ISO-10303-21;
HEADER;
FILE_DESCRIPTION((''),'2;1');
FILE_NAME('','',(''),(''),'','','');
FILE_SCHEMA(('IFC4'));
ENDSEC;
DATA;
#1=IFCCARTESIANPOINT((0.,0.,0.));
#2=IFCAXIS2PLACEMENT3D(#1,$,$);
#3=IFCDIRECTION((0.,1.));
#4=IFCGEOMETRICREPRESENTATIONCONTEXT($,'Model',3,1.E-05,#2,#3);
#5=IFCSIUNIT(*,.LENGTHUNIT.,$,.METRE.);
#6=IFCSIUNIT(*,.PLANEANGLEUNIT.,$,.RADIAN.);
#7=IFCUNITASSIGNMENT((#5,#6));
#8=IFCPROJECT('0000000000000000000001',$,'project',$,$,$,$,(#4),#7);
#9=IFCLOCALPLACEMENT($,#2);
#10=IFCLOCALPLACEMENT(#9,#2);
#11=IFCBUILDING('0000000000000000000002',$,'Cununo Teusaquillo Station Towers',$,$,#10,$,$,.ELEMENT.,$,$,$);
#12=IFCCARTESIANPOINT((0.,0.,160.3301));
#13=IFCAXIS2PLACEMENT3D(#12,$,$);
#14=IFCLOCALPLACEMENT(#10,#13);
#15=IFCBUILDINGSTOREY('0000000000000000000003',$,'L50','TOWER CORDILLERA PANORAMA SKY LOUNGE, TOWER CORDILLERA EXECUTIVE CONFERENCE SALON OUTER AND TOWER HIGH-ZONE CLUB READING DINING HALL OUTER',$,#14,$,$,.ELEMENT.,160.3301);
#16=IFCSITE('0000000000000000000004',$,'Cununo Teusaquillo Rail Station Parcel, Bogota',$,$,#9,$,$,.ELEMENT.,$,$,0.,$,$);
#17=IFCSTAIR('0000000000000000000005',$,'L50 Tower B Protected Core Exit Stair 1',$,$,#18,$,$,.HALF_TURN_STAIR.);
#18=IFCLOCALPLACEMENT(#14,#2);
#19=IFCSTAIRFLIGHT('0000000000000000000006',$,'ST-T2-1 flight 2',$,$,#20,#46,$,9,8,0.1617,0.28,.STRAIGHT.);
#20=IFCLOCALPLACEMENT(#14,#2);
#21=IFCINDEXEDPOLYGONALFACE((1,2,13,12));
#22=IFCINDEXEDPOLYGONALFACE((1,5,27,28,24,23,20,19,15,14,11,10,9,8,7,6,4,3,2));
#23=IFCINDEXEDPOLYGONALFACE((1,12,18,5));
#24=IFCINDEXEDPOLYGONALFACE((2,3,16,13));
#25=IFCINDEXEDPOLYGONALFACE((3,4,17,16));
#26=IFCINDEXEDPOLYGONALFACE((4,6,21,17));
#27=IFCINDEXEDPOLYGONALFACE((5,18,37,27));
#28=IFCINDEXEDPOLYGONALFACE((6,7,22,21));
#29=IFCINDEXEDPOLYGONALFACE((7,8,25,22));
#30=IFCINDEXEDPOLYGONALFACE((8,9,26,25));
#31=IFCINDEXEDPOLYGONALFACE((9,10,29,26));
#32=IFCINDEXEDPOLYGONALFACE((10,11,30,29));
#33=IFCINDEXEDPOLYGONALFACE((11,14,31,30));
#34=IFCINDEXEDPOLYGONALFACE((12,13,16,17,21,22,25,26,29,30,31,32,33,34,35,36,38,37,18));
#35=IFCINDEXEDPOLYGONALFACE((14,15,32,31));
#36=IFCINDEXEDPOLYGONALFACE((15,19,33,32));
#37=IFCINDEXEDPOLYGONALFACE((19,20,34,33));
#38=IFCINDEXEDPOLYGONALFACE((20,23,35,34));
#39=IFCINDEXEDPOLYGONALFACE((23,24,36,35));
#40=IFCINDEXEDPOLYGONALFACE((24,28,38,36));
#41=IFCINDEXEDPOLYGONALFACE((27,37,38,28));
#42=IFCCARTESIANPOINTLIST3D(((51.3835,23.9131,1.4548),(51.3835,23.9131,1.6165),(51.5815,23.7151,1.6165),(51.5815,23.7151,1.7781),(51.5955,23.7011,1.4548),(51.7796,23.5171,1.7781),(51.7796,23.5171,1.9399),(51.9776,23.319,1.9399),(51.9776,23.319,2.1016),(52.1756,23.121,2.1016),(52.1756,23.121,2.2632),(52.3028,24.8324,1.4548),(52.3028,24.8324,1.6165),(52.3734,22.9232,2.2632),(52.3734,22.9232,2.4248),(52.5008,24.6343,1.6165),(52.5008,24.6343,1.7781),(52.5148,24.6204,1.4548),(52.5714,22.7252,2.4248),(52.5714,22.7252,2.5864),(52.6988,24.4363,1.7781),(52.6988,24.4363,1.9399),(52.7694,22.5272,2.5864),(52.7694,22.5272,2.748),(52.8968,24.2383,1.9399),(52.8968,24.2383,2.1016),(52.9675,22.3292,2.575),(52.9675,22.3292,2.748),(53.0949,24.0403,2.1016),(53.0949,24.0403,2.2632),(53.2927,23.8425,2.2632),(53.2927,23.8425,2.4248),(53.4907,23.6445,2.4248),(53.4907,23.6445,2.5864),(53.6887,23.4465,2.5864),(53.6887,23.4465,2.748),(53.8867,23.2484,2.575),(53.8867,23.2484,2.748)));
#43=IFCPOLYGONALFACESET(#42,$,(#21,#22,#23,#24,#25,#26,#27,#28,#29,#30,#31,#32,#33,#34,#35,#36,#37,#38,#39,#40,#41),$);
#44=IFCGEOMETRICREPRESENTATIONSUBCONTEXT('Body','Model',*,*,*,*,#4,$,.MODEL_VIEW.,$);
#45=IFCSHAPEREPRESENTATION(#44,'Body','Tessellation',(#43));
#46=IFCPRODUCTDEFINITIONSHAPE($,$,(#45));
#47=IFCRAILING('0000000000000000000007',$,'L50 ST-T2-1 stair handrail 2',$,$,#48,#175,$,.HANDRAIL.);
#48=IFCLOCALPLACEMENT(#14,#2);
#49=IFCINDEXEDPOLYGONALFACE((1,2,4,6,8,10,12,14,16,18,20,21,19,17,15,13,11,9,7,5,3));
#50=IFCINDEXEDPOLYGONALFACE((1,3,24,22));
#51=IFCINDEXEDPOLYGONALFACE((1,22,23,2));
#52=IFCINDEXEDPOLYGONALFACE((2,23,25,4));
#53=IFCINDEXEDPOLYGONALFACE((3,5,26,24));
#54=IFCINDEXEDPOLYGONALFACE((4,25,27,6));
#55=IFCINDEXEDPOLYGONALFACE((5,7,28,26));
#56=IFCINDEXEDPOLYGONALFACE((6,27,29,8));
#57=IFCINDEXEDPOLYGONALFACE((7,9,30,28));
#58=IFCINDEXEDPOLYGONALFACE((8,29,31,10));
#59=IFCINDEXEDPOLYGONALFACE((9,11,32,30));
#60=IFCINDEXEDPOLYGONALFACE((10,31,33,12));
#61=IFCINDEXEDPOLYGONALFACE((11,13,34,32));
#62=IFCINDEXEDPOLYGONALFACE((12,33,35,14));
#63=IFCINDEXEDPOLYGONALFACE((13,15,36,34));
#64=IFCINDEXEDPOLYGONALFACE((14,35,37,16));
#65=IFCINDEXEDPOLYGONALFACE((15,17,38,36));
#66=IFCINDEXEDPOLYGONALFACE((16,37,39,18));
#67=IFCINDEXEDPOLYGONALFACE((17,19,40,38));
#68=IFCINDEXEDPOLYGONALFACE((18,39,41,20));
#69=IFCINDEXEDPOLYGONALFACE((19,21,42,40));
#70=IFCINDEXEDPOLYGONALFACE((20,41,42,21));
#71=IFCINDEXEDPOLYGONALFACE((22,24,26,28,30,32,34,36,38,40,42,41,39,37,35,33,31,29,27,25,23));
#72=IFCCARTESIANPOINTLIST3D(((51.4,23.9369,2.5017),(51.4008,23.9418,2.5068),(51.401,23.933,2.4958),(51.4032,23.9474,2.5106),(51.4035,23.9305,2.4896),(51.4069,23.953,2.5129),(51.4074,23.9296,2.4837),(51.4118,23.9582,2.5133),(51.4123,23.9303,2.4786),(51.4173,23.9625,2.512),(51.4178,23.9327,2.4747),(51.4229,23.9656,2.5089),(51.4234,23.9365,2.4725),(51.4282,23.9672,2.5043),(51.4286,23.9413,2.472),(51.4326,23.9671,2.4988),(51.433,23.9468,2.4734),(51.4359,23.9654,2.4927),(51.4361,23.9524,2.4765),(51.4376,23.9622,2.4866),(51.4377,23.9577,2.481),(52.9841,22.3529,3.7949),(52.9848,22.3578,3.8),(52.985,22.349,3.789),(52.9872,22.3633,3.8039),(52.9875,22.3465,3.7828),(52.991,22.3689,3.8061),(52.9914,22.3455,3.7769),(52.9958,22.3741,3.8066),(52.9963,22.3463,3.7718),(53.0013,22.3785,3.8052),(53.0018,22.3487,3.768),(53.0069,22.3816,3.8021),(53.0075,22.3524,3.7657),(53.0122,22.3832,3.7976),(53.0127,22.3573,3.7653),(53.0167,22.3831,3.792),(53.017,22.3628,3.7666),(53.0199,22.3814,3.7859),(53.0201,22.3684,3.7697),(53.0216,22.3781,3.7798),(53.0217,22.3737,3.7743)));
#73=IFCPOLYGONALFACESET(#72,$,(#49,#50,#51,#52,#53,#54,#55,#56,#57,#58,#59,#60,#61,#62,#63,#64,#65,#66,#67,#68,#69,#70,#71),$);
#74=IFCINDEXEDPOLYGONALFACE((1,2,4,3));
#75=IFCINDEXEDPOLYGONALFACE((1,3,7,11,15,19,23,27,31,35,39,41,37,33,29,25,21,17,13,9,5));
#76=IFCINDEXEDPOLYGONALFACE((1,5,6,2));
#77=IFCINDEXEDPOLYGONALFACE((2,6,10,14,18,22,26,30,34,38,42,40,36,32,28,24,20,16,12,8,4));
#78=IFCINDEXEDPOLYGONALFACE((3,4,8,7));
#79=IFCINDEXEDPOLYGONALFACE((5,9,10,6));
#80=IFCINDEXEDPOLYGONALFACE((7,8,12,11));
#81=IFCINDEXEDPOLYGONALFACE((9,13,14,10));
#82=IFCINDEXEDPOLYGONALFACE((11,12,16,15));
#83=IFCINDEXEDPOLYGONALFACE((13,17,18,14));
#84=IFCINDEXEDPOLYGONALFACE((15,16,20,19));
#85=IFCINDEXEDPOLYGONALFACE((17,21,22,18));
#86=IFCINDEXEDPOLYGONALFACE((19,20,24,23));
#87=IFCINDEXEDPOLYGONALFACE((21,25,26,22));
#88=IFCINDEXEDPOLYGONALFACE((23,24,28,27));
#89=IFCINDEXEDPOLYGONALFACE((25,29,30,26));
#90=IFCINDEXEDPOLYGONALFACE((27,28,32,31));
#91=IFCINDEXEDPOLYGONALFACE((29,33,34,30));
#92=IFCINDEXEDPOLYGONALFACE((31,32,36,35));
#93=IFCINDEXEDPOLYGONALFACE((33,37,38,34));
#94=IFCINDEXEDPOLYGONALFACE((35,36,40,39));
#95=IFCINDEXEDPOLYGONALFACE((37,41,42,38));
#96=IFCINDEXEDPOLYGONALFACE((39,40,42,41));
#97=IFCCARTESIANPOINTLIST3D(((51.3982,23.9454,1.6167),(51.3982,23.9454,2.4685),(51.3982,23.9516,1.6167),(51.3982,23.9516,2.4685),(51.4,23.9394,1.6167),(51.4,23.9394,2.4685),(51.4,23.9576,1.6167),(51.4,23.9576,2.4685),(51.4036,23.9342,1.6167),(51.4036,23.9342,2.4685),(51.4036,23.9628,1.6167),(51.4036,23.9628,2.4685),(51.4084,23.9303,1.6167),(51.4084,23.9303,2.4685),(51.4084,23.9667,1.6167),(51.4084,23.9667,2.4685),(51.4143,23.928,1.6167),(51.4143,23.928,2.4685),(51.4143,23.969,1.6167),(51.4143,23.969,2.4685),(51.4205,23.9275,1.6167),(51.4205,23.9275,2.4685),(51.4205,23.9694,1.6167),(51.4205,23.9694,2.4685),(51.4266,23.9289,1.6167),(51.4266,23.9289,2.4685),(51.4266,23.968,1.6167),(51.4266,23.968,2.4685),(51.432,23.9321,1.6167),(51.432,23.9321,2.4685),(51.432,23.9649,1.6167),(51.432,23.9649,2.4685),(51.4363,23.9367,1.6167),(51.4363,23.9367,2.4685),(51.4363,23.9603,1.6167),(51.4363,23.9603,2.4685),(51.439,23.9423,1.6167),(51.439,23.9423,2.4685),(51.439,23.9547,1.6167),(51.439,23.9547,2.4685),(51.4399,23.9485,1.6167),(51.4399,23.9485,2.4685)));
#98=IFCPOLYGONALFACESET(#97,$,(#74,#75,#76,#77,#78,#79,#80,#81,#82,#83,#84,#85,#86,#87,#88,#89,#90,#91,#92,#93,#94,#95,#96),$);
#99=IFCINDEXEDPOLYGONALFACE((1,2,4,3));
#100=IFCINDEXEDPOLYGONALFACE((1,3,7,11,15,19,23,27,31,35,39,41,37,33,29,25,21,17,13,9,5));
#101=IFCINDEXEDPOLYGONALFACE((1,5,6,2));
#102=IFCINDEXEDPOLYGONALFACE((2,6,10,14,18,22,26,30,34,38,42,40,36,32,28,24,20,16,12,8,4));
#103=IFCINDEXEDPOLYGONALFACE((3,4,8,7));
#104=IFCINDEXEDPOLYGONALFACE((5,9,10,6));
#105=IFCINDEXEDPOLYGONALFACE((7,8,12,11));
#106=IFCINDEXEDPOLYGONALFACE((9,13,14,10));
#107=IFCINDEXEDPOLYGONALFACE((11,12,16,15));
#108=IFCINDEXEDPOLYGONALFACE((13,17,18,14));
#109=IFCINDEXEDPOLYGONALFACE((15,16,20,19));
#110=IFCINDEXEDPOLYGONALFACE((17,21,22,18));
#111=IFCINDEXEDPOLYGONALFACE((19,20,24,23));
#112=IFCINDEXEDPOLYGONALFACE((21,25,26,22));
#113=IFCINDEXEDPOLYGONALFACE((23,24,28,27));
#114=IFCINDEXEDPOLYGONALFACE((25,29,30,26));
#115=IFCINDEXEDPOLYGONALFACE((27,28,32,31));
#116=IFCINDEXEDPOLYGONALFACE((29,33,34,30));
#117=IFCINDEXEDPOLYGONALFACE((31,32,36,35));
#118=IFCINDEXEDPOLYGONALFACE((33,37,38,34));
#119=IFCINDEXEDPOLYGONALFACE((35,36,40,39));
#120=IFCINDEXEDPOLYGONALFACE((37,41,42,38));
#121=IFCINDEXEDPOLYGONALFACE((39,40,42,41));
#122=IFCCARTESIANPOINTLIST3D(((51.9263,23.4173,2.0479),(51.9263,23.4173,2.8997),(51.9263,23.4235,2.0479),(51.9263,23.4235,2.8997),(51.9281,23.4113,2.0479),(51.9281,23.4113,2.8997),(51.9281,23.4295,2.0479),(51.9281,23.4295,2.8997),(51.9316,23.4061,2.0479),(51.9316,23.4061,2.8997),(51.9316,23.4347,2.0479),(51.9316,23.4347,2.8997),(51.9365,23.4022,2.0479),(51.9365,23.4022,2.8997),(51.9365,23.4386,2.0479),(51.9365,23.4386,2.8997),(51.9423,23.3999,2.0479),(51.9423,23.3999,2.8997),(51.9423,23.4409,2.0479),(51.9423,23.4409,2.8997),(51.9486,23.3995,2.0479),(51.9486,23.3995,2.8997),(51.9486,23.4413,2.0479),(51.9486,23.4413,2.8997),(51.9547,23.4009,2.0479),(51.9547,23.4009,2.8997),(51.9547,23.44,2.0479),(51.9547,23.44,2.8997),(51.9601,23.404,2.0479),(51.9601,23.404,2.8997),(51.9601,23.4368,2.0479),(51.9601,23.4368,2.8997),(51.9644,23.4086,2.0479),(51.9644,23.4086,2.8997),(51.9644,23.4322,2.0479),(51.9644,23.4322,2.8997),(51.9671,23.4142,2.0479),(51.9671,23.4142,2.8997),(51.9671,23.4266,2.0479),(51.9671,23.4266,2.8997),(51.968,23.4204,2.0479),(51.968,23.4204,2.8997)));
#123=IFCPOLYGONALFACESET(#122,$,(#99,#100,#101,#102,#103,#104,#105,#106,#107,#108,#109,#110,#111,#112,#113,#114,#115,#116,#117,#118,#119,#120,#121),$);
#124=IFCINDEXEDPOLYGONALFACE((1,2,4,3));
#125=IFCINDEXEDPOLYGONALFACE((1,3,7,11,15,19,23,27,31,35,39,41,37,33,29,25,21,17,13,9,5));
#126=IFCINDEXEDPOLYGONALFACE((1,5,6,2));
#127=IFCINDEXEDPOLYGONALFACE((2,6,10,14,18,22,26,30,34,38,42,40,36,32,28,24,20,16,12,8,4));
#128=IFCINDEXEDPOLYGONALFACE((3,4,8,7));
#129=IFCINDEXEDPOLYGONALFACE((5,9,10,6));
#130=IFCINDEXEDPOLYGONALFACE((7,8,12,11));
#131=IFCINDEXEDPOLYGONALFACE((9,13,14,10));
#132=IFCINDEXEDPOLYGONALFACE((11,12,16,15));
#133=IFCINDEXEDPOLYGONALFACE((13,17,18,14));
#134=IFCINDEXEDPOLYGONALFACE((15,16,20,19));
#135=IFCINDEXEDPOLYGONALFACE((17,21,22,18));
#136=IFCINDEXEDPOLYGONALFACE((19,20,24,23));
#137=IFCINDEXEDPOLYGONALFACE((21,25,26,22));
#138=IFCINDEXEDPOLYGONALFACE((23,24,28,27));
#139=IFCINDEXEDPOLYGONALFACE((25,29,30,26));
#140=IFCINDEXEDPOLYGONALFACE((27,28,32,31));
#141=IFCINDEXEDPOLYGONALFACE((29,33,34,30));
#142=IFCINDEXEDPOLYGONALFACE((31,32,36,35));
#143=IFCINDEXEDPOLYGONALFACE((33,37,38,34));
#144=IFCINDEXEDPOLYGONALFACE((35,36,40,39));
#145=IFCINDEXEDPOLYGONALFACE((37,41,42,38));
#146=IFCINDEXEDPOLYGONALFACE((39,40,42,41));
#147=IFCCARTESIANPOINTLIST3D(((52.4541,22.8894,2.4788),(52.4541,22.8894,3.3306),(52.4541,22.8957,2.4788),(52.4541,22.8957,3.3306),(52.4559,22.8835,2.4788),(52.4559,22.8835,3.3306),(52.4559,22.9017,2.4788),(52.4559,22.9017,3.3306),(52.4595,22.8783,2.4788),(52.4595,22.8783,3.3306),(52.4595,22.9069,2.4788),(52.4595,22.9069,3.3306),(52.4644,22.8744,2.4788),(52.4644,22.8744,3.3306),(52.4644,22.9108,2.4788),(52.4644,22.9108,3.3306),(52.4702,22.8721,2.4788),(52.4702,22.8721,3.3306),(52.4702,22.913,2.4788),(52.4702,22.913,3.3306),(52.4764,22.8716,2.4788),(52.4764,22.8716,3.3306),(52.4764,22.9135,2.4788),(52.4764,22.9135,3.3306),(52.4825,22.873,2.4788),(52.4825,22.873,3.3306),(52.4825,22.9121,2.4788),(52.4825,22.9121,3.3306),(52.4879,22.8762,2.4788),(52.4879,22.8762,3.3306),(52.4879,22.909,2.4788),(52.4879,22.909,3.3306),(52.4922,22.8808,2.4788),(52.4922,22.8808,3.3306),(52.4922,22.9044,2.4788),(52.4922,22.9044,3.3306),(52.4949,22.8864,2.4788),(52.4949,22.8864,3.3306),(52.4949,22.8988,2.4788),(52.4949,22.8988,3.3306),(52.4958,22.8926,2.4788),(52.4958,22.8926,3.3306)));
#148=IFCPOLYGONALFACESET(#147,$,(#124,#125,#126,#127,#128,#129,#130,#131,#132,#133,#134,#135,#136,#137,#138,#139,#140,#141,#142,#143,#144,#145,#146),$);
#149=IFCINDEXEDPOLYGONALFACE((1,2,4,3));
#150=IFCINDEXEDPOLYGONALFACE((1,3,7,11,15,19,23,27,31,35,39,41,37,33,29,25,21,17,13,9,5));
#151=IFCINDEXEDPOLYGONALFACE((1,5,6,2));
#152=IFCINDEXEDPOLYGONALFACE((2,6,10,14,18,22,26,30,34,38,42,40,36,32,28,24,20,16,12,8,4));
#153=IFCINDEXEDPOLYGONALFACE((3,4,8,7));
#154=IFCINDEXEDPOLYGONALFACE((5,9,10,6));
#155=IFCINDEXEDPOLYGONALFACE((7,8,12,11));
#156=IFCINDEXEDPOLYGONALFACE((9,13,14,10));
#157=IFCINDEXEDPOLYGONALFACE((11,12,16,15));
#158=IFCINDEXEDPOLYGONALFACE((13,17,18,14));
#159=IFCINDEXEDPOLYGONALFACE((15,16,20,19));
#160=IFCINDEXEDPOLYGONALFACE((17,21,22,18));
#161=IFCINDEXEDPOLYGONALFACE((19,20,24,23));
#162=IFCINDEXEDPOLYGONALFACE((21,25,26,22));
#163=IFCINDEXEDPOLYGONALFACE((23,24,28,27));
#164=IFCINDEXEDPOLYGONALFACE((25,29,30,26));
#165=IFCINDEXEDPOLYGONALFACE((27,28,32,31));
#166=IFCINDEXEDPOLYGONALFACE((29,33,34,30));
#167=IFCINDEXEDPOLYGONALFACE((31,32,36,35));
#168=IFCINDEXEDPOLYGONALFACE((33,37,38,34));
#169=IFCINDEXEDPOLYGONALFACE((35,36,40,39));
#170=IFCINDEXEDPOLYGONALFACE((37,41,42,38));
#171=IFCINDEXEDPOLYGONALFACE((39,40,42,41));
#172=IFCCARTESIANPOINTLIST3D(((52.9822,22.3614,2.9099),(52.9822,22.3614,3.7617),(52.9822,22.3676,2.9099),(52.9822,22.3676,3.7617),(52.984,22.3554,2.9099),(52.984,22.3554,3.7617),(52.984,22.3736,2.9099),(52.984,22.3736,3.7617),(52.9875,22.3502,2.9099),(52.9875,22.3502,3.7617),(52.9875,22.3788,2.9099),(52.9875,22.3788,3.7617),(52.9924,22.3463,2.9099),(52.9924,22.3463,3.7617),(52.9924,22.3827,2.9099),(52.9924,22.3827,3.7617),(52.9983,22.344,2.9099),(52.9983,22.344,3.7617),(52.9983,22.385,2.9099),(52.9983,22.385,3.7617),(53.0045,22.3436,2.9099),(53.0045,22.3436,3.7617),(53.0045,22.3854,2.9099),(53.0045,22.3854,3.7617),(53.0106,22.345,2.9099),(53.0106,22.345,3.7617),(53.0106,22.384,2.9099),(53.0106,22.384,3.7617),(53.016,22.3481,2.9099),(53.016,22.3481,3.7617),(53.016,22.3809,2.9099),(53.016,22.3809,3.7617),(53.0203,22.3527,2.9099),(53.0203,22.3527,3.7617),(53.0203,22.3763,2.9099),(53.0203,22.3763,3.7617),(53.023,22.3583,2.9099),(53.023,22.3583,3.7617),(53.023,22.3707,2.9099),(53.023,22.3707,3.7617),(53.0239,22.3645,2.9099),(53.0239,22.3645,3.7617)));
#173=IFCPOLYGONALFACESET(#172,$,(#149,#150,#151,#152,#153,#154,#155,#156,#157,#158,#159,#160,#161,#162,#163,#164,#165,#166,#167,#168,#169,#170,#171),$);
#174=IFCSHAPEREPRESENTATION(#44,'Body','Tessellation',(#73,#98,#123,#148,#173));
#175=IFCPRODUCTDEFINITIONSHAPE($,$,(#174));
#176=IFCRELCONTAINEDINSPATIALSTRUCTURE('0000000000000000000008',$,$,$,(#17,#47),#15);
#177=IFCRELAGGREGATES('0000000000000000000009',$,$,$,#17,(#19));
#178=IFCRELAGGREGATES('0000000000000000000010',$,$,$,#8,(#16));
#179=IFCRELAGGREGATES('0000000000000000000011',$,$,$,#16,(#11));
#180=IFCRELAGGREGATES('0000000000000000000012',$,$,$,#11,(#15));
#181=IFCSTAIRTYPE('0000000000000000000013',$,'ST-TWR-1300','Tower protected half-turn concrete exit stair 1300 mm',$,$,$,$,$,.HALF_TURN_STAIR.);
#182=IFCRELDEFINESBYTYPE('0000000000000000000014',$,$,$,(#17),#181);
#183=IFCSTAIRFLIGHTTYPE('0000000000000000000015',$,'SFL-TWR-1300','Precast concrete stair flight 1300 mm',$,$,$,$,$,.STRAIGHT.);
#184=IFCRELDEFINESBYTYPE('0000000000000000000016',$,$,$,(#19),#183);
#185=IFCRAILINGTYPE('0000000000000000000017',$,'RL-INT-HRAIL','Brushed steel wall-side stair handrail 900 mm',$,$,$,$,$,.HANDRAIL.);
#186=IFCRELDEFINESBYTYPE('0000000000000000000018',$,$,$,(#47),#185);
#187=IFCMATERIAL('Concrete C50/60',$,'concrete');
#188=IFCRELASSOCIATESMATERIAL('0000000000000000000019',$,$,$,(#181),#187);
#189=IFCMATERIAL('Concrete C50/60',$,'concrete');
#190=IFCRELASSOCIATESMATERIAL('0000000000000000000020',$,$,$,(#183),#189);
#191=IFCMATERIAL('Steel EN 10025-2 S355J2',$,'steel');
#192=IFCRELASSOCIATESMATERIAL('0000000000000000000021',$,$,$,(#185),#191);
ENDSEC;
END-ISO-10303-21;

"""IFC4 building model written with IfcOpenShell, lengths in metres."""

from ifc_helpers import new_model, si_unit, direction, frame, origin, origin_2d, place, context, subcontext, project, spatial, polyline, circle, outline, extrude, material, type_object, element, aggregate, save


model = new_model("IFC4")

# Units and contexts
model_context = context("Model", 3, precision=1e-05, world=origin(), true_north=direction((0.0, 1.0)))
body_context = subcontext(model_context, "Body", "Model", "MODEL_VIEW")
ifc_project = project(units=[si_unit("LENGTHUNIT", "METRE"), si_unit("PLANEANGLEUNIT", "RADIAN")], contexts=[model_context])

# Site, building, storey
site_placement = place(None, origin())
site = spatial("IfcSite", under=ifc_project, at=site_placement, Name="Cununo Teusaquillo Rail Station Parcel, Bogota", CompositionType="ELEMENT", RefElevation=0.0)
building_placement = place(site_placement, origin())
building = spatial("IfcBuilding", under=site, at=building_placement, Name="Cununo Teusaquillo Station Towers", CompositionType="ELEMENT")
storey_placement = place(building_placement, frame((0.0, 0.0, 160.3301)))
storey = spatial("IfcBuildingStorey", under=building, at=storey_placement, Name="L50", Description="TOWER CORDILLERA PANORAMA SKY LOUNGE, TOWER CORDILLERA EXECUTIVE CONFERENCE SALON OUTER AND TOWER HIGH-ZONE CLUB READING DINING HALL OUTER", CompositionType="ELEMENT", Elevation=160.3301)

# Stair, stair flight
ifc_material_1 = material(Name="Concrete C50/60", Category="concrete")
stair_type = type_object("IfcStairType", Name="ST-TWR-1300", Description="Tower protected half-turn concrete exit stair 1300 mm", PredefinedType="HALF_TURN_STAIR", material=ifc_material_1)
stair_placement = place(storey_placement, origin())
stair = element("IfcStair", 1, at=stair_placement, inside=storey, type_object=stair_type, Name="L50 Tower B Protected Core Exit Stair 1", PredefinedType="HALF_TURN_STAIR")
ifc_material_2 = material(Name="Concrete C50/60", Category="concrete")
stair_flight_type = type_object("IfcStairFlightType", Name="SFL-TWR-1300", Description="Precast concrete stair flight 1300 mm", PredefinedType="STRAIGHT", material=ifc_material_2)
stair_flight_placement = place(storey_placement, frame((51.8433, 24.3728, 1.4548), z_axis=(0.0, 0.0, 1.0), x_axis=(0.707107, -0.707107, 0.0)))
stair_flight = element("IfcStairFlight", 2, at=stair_flight_placement, type_object=stair_flight_type, Name="ST-T2-1 flight 2", NumberOfRisers=9, NumberOfTreads=8, PredefinedType="STRAIGHT", RiserHeight=0.1617, TreadLength=0.28, context=body_context, shape_type="SweptSolid", body=[
    extrude(outline(polyline([(0.0, 0.0), (0.0, 0.1616), (0.28, 0.1616), (0.28, 0.3232), (0.5601, 0.3232), (0.5601, 0.4851), (0.8401, 0.4851), (0.8401, 0.6467), (1.1201, 0.6467), (1.1201, 0.8083), (1.3999, 0.8083), (1.3999, 0.97), (1.6799, 0.97), (1.6799, 1.1316), (1.96, 1.1316), (1.96, 1.2932), (2.24, 1.2932), (2.24, 1.4551), (2.24, 1.1201), (0.2998, 0.0), (0.0, 0.0)])), frame((0.0, 0.6499, 0.0), z_axis=(0.0, -1.0, 0.0), x_axis=(1.0, 0.0, 0.0)), (0.0, 0.0, 1.0), 1.3),
])
aggregate(stair, [stair_flight])

# Railing
ifc_material_3 = material(Name="Steel EN 10025-2 S355J2", Category="steel")
railing_type = type_object("IfcRailingType", Name="RL-INT-HRAIL", Description="Brushed steel wall-side stair handrail 900 mm", PredefinedType="HANDRAIL", material=ifc_material_3)
railing_placement = place(storey_placement, frame((51.4189, 23.9485, 1.6167)))
element("IfcRailing", 3, at=railing_placement, inside=storey, type_object=railing_type, Name="L50 ST-T2-1 stair handrail 2", PredefinedType="HANDRAIL", context=body_context, shape_type="SweptSolid", body=[
    extrude(circle(Radius=0.0239, at=origin_2d()), frame((0.0, 0.0, 0.876), z_axis=(0.612385, -0.612385, 0.49997), x_axis=(0.707107, 0.707107, 0.0)), (0.0, 0.0, 1.0), 2.5867),
    extrude(circle(Radius=0.021, at=origin_2d()), origin(), (0.0, 0.0, 1.0), 0.8518),
    extrude(circle(Radius=0.021, at=origin_2d()), frame((0.5281, -0.5281, 0.4312)), (0.0, 0.0, 1.0), 0.8518),
    extrude(circle(Radius=0.021, at=origin_2d()), frame((1.0559, -1.0559, 0.8621)), (0.0, 0.0, 1.0), 0.8518),
    extrude(circle(Radius=0.021, at=origin_2d()), frame((1.584, -1.584, 1.2932)), (0.0, 0.0, 1.0), 0.8518),
])

save(model, "model.ifc")
